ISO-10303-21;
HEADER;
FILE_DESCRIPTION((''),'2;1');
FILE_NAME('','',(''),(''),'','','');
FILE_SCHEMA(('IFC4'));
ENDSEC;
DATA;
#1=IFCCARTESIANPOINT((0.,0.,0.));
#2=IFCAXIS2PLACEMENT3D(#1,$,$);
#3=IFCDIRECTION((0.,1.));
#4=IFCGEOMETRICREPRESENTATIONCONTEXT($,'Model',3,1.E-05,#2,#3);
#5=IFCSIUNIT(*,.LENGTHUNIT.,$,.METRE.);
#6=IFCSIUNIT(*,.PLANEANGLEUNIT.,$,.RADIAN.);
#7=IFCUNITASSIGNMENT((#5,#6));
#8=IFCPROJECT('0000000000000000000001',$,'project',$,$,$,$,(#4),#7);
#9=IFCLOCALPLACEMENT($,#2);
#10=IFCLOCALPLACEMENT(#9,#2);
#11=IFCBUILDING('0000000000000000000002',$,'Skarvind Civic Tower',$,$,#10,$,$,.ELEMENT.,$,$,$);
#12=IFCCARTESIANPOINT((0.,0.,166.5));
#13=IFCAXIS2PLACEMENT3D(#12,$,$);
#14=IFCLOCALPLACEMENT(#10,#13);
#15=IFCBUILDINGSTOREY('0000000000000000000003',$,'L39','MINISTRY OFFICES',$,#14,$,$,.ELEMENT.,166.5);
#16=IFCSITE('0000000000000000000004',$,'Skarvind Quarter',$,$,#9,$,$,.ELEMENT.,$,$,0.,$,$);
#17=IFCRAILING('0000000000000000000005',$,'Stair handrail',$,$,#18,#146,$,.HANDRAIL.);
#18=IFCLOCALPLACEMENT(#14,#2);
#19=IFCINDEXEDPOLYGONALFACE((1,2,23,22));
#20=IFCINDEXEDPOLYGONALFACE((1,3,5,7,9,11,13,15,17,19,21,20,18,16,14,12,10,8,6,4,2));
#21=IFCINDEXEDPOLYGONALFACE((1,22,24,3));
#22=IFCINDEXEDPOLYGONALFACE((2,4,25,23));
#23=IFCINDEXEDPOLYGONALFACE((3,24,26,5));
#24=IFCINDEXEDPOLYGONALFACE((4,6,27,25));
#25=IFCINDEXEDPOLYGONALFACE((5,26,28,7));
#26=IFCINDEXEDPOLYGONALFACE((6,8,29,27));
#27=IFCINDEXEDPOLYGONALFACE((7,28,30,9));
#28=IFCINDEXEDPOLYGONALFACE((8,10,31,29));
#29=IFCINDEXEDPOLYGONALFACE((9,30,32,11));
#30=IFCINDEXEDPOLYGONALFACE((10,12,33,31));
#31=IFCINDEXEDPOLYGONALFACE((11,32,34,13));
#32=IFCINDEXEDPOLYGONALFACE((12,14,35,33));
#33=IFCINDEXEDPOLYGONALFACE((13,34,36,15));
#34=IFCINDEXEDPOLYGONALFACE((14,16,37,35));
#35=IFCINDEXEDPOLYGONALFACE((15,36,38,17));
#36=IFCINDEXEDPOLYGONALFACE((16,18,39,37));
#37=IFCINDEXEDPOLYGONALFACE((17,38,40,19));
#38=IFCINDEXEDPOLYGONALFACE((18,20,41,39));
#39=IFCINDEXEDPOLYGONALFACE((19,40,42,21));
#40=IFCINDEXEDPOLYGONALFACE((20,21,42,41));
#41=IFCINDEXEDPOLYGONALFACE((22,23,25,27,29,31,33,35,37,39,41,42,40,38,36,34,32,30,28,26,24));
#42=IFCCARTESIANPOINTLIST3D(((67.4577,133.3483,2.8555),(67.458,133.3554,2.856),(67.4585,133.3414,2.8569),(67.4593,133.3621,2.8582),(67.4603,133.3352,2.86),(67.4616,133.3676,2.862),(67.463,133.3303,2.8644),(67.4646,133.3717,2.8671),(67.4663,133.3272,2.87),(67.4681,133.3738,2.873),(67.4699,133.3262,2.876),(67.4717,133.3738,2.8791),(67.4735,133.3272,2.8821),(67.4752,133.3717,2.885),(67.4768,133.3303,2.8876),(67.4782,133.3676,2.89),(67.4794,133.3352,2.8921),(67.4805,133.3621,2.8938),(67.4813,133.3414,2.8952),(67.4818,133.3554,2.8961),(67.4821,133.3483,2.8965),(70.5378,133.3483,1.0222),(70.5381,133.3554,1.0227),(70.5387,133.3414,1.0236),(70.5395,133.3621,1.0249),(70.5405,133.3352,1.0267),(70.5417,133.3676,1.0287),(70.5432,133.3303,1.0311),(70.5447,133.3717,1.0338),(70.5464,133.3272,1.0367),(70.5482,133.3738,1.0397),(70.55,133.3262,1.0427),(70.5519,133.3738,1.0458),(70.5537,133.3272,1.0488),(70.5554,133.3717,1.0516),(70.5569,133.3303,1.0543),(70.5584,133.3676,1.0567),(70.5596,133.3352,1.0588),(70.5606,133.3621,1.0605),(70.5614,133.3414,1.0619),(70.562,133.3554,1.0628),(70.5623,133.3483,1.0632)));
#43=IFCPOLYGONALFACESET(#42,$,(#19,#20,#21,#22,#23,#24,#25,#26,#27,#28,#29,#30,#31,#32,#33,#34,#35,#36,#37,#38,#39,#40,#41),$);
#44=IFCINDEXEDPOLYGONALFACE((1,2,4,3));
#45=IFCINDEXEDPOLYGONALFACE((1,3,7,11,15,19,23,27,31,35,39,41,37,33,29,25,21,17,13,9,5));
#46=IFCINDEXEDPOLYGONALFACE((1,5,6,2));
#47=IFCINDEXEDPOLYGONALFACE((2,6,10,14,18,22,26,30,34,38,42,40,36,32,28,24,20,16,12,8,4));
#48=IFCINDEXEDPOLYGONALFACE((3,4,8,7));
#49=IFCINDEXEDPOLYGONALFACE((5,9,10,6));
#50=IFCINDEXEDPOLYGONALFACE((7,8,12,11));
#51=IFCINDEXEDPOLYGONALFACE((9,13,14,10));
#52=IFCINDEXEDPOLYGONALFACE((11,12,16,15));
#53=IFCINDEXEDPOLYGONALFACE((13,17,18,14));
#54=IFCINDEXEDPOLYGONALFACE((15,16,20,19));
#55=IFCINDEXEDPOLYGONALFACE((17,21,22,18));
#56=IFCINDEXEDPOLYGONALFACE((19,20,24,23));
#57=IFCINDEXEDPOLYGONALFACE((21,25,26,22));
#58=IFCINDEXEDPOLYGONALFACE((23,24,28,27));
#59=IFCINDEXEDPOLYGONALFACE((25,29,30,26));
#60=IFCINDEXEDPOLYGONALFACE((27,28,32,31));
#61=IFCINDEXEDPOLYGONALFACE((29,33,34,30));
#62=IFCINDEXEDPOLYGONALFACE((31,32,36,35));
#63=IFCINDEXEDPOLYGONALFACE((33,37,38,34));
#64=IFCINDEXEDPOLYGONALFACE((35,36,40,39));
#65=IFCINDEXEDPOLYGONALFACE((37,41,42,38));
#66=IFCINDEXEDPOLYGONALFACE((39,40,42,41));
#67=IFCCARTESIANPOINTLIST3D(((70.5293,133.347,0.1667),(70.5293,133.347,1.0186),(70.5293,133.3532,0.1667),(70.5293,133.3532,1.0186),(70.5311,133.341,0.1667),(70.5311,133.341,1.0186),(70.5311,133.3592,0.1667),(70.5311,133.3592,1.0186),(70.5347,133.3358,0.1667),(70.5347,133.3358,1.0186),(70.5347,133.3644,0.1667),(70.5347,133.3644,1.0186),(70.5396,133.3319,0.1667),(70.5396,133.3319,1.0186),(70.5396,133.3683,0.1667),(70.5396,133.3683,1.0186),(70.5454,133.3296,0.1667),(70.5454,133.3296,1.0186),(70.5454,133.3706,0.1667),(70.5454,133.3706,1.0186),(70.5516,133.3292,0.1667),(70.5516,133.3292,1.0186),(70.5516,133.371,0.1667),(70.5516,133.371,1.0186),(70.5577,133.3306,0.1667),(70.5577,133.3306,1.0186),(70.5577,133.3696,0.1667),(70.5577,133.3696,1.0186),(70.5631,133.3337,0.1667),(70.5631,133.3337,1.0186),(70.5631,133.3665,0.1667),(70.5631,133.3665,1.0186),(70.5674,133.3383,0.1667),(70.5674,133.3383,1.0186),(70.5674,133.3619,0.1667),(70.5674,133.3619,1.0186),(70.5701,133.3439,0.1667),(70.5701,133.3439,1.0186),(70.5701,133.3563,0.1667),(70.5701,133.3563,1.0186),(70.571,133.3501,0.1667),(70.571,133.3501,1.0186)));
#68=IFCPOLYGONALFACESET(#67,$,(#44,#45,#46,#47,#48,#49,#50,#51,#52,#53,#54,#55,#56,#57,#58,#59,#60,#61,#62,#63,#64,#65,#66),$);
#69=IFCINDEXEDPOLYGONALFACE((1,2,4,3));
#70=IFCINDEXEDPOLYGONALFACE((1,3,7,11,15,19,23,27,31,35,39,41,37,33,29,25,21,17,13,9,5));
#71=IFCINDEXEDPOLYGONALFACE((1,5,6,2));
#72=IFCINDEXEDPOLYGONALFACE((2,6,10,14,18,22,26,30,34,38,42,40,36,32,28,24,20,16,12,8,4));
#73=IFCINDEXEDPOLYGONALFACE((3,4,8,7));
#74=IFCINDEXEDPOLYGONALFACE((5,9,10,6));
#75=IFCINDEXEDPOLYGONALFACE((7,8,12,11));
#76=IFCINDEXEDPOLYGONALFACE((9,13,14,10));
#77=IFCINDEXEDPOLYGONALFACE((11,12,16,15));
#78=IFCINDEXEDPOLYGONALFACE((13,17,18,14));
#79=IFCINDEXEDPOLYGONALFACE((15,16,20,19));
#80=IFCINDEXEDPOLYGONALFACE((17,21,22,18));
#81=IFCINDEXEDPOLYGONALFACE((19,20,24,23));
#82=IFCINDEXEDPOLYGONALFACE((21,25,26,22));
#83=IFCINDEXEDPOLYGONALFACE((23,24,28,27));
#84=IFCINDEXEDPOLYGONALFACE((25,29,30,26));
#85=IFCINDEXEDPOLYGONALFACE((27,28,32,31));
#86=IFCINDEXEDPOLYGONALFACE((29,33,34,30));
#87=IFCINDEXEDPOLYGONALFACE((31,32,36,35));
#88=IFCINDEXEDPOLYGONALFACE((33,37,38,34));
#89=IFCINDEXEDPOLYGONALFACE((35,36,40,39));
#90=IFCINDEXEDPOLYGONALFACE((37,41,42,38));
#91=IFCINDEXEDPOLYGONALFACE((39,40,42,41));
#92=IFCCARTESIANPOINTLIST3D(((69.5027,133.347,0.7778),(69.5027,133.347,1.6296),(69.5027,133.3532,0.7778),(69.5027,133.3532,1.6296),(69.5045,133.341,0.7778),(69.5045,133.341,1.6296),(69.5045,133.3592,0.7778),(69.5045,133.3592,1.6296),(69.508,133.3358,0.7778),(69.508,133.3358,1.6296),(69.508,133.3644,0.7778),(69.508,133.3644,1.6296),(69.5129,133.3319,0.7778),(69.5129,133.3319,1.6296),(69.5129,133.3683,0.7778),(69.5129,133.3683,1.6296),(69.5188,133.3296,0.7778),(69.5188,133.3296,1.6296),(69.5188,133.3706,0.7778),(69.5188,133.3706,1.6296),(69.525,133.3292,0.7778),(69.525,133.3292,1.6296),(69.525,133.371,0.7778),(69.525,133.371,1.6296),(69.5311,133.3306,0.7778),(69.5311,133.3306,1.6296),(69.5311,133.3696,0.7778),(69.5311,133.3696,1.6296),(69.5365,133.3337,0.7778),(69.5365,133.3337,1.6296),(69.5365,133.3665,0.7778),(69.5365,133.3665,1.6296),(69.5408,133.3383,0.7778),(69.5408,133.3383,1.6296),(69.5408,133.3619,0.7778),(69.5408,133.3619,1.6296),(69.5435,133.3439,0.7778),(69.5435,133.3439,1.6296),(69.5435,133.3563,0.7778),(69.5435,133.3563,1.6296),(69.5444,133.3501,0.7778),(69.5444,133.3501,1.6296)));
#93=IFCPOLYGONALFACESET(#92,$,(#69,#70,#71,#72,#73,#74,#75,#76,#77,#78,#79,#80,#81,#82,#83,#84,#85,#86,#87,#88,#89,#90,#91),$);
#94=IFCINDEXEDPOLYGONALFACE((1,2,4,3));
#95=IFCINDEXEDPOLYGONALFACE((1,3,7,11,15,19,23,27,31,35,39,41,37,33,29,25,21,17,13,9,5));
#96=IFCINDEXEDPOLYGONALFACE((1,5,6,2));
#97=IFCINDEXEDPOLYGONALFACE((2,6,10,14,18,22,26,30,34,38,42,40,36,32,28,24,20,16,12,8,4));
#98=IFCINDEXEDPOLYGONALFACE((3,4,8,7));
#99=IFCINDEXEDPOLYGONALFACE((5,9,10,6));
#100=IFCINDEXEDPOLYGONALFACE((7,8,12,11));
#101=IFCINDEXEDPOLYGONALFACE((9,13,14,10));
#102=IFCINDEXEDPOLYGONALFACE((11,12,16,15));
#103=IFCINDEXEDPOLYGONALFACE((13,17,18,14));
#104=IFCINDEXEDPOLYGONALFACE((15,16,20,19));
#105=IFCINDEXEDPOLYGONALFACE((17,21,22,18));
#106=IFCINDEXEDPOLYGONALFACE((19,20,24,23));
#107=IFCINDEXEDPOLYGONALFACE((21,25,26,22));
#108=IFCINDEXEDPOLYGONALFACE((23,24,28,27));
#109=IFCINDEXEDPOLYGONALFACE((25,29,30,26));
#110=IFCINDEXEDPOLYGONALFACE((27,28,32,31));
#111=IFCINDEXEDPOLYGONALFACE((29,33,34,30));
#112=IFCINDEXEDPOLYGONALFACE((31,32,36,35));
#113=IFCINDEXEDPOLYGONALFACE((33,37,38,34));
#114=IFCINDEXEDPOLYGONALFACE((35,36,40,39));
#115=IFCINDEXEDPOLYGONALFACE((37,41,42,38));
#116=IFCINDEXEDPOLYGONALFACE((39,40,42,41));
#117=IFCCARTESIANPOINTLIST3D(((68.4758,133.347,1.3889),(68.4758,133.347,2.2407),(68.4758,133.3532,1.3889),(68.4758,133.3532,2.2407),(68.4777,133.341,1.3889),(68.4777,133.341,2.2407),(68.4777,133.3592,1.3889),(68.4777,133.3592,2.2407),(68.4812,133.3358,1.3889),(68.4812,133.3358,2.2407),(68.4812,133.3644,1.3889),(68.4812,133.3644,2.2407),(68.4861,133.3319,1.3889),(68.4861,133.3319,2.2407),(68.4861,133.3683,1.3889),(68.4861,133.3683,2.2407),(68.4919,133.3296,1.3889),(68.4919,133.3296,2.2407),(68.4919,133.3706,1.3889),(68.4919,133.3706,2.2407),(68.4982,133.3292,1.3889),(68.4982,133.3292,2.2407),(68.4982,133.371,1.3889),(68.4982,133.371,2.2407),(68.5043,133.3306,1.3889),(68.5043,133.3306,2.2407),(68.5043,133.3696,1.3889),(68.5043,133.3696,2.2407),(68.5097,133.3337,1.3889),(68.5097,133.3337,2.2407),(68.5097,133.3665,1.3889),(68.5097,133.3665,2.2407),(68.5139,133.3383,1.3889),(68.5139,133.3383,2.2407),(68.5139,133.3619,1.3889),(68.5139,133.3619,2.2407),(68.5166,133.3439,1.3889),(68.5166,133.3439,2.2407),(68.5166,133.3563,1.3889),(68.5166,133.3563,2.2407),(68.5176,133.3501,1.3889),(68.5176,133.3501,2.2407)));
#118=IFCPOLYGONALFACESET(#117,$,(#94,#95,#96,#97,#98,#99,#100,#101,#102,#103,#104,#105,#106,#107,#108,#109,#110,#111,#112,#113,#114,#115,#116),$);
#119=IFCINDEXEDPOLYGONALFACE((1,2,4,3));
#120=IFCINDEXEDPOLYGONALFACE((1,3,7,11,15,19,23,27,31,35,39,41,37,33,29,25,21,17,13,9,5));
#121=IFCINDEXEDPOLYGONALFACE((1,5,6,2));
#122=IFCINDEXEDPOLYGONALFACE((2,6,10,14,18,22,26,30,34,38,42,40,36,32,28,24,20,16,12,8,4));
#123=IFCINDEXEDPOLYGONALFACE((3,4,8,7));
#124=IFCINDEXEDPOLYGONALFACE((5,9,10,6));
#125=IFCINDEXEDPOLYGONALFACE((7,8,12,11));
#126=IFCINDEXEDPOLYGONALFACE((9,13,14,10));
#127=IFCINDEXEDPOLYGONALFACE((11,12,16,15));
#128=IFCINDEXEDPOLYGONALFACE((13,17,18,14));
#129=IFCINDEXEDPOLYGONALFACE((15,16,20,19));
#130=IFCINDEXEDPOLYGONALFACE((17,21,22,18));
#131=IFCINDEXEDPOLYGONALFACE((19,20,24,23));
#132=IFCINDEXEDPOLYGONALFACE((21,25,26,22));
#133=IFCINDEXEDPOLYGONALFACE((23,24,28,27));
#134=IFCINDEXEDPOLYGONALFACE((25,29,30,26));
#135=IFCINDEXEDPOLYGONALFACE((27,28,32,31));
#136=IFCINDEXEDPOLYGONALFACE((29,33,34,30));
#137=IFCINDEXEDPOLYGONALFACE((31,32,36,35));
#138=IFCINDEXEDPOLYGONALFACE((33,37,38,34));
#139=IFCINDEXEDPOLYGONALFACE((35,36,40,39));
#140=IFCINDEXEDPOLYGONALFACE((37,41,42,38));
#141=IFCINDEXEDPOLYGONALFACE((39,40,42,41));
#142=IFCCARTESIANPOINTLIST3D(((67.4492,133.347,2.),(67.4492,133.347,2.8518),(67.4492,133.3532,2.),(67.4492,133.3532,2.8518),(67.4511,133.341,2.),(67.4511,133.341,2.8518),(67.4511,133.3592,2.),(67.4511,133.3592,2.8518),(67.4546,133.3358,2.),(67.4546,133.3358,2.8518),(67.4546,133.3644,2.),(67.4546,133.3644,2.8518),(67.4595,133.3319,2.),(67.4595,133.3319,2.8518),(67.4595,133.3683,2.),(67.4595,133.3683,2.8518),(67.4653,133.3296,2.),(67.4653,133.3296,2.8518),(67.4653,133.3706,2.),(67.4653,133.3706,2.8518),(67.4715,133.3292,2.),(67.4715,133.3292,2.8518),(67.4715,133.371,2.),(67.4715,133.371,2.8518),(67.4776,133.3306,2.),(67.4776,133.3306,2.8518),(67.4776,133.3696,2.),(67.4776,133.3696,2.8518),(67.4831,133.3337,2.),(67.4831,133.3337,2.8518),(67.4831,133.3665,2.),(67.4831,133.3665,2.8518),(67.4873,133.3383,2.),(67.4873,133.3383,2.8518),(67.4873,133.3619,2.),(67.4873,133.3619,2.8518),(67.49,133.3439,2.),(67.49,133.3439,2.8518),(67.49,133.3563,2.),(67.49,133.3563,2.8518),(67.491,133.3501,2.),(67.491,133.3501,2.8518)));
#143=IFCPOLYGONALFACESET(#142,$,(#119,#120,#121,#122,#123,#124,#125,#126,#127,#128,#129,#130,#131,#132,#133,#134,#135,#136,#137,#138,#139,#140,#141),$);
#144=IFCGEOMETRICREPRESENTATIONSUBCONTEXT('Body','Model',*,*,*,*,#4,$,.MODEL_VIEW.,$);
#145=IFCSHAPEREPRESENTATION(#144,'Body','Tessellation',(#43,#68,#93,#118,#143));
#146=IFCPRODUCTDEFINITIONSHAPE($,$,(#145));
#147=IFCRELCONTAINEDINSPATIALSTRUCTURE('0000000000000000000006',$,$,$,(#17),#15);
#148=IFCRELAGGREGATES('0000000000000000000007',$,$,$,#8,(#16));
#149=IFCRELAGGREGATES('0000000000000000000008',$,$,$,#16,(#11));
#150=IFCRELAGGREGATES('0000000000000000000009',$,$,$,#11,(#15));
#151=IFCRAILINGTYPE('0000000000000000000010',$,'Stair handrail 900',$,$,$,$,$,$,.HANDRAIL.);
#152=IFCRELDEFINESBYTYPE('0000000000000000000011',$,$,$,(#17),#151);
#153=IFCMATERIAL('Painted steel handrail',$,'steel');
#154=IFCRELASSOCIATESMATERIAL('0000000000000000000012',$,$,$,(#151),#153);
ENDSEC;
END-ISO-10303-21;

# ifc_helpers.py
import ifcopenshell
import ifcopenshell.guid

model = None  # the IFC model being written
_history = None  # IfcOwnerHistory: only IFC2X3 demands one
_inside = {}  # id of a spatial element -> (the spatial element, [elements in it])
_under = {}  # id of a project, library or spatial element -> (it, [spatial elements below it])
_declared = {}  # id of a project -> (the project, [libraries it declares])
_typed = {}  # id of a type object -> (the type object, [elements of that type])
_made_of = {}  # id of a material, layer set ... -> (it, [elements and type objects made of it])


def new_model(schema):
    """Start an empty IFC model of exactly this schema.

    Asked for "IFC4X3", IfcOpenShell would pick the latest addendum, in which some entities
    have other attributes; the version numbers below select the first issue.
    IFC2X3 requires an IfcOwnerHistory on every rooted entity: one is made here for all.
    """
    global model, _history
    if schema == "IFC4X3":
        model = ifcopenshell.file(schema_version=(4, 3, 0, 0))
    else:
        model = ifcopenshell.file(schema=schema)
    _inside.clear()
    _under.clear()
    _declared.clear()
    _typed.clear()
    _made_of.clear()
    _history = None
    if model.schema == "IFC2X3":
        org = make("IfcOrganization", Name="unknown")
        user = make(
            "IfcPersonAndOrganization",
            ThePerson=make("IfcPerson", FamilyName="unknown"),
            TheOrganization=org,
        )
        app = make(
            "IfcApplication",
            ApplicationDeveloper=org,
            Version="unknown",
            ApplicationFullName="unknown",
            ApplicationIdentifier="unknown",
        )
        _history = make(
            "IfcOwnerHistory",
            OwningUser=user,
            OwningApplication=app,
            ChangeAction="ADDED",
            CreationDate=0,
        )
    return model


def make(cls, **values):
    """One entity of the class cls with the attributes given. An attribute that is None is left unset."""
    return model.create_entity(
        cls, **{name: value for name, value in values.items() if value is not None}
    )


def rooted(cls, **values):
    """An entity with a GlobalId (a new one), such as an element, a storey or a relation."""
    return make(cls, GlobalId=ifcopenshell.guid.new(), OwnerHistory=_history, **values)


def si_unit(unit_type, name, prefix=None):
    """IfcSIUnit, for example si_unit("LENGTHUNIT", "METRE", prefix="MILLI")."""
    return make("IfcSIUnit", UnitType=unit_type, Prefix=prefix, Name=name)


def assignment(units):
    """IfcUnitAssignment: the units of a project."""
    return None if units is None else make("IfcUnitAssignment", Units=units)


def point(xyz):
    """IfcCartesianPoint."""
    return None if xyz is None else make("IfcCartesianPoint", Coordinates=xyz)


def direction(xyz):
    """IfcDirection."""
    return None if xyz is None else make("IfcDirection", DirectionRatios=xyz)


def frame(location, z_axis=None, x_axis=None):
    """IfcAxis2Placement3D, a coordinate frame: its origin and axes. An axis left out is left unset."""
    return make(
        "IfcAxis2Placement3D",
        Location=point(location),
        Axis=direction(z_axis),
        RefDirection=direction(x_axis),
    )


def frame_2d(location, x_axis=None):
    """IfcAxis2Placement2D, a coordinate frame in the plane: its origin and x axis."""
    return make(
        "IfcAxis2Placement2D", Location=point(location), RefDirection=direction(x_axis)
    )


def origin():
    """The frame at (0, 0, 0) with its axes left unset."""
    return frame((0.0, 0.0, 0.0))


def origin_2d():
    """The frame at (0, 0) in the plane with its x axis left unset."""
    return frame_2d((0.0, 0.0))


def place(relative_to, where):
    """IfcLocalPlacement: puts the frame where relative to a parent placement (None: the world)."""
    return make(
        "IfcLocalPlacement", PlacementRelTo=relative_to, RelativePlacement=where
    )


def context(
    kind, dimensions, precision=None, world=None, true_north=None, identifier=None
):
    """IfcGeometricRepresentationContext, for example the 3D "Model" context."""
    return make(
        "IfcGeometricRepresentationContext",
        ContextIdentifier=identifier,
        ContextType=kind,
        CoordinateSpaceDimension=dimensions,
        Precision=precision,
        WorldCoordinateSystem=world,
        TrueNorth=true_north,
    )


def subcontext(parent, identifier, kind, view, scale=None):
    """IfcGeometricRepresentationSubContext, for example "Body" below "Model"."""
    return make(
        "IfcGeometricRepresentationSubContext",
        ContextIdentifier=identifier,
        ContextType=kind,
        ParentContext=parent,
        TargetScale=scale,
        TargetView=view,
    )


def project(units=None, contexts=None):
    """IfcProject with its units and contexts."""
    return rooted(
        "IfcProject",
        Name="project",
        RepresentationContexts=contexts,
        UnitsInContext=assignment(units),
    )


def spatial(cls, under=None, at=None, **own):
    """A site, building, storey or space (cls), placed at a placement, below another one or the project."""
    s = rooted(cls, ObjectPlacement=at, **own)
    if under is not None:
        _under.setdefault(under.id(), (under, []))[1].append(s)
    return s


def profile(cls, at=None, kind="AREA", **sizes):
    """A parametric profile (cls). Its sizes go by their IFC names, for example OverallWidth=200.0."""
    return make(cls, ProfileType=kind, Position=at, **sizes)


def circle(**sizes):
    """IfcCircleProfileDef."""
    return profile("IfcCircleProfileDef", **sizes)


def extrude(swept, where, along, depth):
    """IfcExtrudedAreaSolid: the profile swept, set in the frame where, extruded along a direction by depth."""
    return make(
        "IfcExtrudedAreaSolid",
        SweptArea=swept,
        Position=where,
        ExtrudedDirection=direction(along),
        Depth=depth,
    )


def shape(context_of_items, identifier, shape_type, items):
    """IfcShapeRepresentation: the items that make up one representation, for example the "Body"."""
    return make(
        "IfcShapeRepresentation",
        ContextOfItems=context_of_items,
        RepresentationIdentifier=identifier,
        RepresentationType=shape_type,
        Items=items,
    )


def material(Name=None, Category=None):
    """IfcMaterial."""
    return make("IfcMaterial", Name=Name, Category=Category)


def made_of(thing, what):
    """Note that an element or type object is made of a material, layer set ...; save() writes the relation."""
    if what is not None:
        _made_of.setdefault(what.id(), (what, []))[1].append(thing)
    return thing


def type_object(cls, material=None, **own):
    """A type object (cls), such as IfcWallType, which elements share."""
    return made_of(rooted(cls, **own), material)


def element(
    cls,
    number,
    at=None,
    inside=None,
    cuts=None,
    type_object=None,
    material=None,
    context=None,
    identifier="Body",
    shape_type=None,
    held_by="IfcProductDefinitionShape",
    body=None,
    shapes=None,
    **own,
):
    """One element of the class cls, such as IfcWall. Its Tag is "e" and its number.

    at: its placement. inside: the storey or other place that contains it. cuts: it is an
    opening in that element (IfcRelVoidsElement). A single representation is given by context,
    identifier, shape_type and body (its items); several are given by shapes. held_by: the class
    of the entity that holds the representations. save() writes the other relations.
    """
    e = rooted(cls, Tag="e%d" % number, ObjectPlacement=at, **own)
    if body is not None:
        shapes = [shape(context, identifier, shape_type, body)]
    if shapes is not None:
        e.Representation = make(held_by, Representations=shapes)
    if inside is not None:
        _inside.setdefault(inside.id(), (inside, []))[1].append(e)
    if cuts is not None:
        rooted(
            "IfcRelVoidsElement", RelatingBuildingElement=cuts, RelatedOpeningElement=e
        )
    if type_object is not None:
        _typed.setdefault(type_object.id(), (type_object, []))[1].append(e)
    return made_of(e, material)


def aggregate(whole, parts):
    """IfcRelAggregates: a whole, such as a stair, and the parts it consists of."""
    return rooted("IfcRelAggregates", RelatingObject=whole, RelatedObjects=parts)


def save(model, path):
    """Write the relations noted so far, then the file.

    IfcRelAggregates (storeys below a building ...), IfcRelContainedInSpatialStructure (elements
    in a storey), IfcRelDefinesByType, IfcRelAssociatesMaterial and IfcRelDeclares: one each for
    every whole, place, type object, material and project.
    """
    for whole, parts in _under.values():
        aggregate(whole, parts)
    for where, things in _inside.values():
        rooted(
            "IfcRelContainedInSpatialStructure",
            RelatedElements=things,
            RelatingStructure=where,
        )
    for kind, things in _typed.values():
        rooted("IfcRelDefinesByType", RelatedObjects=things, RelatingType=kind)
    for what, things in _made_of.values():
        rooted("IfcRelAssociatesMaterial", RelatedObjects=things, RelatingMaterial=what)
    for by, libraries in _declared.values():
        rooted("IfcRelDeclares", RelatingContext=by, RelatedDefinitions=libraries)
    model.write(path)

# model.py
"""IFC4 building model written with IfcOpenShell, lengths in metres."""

from ifc_helpers import new_model, si_unit, direction, frame, origin, origin_2d, place, context, subcontext, project, spatial, circle, extrude, material, type_object, element, save


model = new_model("IFC4")

# Units and contexts
model_context = context("Model", 3, precision=1e-05, world=origin(), true_north=direction((0.0, 1.0)))
body_context = subcontext(model_context, "Body", "Model", "MODEL_VIEW")
ifc_project = project(units=[si_unit("LENGTHUNIT", "METRE"), si_unit("PLANEANGLEUNIT", "RADIAN")], contexts=[model_context])

# Site, building, storey
site_placement = place(None, origin())
site = spatial("IfcSite", under=ifc_project, at=site_placement, Name="Skarvind Quarter", CompositionType="ELEMENT", RefElevation=0.0)
building_placement = place(site_placement, origin())
building = spatial("IfcBuilding", under=site, at=building_placement, Name="Skarvind Civic Tower", CompositionType="ELEMENT")
storey_placement = place(building_placement, frame((0.0, 0.0, 166.5)))
storey = spatial("IfcBuildingStorey", under=building, at=storey_placement, Name="L39", Description="MINISTRY OFFICES", CompositionType="ELEMENT", Elevation=166.5)

# Railing
ifc_material_1 = material(Name="Painted steel handrail", Category="steel")
railing_type_1 = type_object("IfcRailingType", Name="Stair handrail 900", PredefinedType="HANDRAIL", material=ifc_material_1)
railing_1_placement = place(storey_placement, frame((70.55, 133.3501, 0.1667)))
element("IfcRailing", 1, at=railing_1_placement, inside=storey, type_object=railing_type_1, Name="Stair handrail", PredefinedType="HANDRAIL", context=body_context, shape_type="SweptSolid", body=[
    extrude(circle(Radius=0.0239, at=origin_2d()), frame((0.0, 0.0, 0.876), z_axis=(-0.859309, 0.0, 0.511458), x_axis=(0.0, -1.0, 0.0)), (0.0, 0.0, 1.0), 3.5845),
    extrude(circle(Radius=0.021, at=origin_2d()), origin(), (0.0, 0.0, 1.0), 0.8518),
    extrude(circle(Radius=0.021, at=origin_2d()), frame((-1.0266, 0.0, 0.6111)), (0.0, 0.0, 1.0), 0.8518),
    extrude(circle(Radius=0.021, at=origin_2d()), frame((-2.0535, 0.0, 1.2222)), (0.0, 0.0, 1.0), 0.8518),
    extrude(circle(Radius=0.021, at=origin_2d()), frame((-3.0801, 0.0, 1.8333)), (0.0, 0.0, 1.0), 0.8518),
])

save(model, "model.ifc")
